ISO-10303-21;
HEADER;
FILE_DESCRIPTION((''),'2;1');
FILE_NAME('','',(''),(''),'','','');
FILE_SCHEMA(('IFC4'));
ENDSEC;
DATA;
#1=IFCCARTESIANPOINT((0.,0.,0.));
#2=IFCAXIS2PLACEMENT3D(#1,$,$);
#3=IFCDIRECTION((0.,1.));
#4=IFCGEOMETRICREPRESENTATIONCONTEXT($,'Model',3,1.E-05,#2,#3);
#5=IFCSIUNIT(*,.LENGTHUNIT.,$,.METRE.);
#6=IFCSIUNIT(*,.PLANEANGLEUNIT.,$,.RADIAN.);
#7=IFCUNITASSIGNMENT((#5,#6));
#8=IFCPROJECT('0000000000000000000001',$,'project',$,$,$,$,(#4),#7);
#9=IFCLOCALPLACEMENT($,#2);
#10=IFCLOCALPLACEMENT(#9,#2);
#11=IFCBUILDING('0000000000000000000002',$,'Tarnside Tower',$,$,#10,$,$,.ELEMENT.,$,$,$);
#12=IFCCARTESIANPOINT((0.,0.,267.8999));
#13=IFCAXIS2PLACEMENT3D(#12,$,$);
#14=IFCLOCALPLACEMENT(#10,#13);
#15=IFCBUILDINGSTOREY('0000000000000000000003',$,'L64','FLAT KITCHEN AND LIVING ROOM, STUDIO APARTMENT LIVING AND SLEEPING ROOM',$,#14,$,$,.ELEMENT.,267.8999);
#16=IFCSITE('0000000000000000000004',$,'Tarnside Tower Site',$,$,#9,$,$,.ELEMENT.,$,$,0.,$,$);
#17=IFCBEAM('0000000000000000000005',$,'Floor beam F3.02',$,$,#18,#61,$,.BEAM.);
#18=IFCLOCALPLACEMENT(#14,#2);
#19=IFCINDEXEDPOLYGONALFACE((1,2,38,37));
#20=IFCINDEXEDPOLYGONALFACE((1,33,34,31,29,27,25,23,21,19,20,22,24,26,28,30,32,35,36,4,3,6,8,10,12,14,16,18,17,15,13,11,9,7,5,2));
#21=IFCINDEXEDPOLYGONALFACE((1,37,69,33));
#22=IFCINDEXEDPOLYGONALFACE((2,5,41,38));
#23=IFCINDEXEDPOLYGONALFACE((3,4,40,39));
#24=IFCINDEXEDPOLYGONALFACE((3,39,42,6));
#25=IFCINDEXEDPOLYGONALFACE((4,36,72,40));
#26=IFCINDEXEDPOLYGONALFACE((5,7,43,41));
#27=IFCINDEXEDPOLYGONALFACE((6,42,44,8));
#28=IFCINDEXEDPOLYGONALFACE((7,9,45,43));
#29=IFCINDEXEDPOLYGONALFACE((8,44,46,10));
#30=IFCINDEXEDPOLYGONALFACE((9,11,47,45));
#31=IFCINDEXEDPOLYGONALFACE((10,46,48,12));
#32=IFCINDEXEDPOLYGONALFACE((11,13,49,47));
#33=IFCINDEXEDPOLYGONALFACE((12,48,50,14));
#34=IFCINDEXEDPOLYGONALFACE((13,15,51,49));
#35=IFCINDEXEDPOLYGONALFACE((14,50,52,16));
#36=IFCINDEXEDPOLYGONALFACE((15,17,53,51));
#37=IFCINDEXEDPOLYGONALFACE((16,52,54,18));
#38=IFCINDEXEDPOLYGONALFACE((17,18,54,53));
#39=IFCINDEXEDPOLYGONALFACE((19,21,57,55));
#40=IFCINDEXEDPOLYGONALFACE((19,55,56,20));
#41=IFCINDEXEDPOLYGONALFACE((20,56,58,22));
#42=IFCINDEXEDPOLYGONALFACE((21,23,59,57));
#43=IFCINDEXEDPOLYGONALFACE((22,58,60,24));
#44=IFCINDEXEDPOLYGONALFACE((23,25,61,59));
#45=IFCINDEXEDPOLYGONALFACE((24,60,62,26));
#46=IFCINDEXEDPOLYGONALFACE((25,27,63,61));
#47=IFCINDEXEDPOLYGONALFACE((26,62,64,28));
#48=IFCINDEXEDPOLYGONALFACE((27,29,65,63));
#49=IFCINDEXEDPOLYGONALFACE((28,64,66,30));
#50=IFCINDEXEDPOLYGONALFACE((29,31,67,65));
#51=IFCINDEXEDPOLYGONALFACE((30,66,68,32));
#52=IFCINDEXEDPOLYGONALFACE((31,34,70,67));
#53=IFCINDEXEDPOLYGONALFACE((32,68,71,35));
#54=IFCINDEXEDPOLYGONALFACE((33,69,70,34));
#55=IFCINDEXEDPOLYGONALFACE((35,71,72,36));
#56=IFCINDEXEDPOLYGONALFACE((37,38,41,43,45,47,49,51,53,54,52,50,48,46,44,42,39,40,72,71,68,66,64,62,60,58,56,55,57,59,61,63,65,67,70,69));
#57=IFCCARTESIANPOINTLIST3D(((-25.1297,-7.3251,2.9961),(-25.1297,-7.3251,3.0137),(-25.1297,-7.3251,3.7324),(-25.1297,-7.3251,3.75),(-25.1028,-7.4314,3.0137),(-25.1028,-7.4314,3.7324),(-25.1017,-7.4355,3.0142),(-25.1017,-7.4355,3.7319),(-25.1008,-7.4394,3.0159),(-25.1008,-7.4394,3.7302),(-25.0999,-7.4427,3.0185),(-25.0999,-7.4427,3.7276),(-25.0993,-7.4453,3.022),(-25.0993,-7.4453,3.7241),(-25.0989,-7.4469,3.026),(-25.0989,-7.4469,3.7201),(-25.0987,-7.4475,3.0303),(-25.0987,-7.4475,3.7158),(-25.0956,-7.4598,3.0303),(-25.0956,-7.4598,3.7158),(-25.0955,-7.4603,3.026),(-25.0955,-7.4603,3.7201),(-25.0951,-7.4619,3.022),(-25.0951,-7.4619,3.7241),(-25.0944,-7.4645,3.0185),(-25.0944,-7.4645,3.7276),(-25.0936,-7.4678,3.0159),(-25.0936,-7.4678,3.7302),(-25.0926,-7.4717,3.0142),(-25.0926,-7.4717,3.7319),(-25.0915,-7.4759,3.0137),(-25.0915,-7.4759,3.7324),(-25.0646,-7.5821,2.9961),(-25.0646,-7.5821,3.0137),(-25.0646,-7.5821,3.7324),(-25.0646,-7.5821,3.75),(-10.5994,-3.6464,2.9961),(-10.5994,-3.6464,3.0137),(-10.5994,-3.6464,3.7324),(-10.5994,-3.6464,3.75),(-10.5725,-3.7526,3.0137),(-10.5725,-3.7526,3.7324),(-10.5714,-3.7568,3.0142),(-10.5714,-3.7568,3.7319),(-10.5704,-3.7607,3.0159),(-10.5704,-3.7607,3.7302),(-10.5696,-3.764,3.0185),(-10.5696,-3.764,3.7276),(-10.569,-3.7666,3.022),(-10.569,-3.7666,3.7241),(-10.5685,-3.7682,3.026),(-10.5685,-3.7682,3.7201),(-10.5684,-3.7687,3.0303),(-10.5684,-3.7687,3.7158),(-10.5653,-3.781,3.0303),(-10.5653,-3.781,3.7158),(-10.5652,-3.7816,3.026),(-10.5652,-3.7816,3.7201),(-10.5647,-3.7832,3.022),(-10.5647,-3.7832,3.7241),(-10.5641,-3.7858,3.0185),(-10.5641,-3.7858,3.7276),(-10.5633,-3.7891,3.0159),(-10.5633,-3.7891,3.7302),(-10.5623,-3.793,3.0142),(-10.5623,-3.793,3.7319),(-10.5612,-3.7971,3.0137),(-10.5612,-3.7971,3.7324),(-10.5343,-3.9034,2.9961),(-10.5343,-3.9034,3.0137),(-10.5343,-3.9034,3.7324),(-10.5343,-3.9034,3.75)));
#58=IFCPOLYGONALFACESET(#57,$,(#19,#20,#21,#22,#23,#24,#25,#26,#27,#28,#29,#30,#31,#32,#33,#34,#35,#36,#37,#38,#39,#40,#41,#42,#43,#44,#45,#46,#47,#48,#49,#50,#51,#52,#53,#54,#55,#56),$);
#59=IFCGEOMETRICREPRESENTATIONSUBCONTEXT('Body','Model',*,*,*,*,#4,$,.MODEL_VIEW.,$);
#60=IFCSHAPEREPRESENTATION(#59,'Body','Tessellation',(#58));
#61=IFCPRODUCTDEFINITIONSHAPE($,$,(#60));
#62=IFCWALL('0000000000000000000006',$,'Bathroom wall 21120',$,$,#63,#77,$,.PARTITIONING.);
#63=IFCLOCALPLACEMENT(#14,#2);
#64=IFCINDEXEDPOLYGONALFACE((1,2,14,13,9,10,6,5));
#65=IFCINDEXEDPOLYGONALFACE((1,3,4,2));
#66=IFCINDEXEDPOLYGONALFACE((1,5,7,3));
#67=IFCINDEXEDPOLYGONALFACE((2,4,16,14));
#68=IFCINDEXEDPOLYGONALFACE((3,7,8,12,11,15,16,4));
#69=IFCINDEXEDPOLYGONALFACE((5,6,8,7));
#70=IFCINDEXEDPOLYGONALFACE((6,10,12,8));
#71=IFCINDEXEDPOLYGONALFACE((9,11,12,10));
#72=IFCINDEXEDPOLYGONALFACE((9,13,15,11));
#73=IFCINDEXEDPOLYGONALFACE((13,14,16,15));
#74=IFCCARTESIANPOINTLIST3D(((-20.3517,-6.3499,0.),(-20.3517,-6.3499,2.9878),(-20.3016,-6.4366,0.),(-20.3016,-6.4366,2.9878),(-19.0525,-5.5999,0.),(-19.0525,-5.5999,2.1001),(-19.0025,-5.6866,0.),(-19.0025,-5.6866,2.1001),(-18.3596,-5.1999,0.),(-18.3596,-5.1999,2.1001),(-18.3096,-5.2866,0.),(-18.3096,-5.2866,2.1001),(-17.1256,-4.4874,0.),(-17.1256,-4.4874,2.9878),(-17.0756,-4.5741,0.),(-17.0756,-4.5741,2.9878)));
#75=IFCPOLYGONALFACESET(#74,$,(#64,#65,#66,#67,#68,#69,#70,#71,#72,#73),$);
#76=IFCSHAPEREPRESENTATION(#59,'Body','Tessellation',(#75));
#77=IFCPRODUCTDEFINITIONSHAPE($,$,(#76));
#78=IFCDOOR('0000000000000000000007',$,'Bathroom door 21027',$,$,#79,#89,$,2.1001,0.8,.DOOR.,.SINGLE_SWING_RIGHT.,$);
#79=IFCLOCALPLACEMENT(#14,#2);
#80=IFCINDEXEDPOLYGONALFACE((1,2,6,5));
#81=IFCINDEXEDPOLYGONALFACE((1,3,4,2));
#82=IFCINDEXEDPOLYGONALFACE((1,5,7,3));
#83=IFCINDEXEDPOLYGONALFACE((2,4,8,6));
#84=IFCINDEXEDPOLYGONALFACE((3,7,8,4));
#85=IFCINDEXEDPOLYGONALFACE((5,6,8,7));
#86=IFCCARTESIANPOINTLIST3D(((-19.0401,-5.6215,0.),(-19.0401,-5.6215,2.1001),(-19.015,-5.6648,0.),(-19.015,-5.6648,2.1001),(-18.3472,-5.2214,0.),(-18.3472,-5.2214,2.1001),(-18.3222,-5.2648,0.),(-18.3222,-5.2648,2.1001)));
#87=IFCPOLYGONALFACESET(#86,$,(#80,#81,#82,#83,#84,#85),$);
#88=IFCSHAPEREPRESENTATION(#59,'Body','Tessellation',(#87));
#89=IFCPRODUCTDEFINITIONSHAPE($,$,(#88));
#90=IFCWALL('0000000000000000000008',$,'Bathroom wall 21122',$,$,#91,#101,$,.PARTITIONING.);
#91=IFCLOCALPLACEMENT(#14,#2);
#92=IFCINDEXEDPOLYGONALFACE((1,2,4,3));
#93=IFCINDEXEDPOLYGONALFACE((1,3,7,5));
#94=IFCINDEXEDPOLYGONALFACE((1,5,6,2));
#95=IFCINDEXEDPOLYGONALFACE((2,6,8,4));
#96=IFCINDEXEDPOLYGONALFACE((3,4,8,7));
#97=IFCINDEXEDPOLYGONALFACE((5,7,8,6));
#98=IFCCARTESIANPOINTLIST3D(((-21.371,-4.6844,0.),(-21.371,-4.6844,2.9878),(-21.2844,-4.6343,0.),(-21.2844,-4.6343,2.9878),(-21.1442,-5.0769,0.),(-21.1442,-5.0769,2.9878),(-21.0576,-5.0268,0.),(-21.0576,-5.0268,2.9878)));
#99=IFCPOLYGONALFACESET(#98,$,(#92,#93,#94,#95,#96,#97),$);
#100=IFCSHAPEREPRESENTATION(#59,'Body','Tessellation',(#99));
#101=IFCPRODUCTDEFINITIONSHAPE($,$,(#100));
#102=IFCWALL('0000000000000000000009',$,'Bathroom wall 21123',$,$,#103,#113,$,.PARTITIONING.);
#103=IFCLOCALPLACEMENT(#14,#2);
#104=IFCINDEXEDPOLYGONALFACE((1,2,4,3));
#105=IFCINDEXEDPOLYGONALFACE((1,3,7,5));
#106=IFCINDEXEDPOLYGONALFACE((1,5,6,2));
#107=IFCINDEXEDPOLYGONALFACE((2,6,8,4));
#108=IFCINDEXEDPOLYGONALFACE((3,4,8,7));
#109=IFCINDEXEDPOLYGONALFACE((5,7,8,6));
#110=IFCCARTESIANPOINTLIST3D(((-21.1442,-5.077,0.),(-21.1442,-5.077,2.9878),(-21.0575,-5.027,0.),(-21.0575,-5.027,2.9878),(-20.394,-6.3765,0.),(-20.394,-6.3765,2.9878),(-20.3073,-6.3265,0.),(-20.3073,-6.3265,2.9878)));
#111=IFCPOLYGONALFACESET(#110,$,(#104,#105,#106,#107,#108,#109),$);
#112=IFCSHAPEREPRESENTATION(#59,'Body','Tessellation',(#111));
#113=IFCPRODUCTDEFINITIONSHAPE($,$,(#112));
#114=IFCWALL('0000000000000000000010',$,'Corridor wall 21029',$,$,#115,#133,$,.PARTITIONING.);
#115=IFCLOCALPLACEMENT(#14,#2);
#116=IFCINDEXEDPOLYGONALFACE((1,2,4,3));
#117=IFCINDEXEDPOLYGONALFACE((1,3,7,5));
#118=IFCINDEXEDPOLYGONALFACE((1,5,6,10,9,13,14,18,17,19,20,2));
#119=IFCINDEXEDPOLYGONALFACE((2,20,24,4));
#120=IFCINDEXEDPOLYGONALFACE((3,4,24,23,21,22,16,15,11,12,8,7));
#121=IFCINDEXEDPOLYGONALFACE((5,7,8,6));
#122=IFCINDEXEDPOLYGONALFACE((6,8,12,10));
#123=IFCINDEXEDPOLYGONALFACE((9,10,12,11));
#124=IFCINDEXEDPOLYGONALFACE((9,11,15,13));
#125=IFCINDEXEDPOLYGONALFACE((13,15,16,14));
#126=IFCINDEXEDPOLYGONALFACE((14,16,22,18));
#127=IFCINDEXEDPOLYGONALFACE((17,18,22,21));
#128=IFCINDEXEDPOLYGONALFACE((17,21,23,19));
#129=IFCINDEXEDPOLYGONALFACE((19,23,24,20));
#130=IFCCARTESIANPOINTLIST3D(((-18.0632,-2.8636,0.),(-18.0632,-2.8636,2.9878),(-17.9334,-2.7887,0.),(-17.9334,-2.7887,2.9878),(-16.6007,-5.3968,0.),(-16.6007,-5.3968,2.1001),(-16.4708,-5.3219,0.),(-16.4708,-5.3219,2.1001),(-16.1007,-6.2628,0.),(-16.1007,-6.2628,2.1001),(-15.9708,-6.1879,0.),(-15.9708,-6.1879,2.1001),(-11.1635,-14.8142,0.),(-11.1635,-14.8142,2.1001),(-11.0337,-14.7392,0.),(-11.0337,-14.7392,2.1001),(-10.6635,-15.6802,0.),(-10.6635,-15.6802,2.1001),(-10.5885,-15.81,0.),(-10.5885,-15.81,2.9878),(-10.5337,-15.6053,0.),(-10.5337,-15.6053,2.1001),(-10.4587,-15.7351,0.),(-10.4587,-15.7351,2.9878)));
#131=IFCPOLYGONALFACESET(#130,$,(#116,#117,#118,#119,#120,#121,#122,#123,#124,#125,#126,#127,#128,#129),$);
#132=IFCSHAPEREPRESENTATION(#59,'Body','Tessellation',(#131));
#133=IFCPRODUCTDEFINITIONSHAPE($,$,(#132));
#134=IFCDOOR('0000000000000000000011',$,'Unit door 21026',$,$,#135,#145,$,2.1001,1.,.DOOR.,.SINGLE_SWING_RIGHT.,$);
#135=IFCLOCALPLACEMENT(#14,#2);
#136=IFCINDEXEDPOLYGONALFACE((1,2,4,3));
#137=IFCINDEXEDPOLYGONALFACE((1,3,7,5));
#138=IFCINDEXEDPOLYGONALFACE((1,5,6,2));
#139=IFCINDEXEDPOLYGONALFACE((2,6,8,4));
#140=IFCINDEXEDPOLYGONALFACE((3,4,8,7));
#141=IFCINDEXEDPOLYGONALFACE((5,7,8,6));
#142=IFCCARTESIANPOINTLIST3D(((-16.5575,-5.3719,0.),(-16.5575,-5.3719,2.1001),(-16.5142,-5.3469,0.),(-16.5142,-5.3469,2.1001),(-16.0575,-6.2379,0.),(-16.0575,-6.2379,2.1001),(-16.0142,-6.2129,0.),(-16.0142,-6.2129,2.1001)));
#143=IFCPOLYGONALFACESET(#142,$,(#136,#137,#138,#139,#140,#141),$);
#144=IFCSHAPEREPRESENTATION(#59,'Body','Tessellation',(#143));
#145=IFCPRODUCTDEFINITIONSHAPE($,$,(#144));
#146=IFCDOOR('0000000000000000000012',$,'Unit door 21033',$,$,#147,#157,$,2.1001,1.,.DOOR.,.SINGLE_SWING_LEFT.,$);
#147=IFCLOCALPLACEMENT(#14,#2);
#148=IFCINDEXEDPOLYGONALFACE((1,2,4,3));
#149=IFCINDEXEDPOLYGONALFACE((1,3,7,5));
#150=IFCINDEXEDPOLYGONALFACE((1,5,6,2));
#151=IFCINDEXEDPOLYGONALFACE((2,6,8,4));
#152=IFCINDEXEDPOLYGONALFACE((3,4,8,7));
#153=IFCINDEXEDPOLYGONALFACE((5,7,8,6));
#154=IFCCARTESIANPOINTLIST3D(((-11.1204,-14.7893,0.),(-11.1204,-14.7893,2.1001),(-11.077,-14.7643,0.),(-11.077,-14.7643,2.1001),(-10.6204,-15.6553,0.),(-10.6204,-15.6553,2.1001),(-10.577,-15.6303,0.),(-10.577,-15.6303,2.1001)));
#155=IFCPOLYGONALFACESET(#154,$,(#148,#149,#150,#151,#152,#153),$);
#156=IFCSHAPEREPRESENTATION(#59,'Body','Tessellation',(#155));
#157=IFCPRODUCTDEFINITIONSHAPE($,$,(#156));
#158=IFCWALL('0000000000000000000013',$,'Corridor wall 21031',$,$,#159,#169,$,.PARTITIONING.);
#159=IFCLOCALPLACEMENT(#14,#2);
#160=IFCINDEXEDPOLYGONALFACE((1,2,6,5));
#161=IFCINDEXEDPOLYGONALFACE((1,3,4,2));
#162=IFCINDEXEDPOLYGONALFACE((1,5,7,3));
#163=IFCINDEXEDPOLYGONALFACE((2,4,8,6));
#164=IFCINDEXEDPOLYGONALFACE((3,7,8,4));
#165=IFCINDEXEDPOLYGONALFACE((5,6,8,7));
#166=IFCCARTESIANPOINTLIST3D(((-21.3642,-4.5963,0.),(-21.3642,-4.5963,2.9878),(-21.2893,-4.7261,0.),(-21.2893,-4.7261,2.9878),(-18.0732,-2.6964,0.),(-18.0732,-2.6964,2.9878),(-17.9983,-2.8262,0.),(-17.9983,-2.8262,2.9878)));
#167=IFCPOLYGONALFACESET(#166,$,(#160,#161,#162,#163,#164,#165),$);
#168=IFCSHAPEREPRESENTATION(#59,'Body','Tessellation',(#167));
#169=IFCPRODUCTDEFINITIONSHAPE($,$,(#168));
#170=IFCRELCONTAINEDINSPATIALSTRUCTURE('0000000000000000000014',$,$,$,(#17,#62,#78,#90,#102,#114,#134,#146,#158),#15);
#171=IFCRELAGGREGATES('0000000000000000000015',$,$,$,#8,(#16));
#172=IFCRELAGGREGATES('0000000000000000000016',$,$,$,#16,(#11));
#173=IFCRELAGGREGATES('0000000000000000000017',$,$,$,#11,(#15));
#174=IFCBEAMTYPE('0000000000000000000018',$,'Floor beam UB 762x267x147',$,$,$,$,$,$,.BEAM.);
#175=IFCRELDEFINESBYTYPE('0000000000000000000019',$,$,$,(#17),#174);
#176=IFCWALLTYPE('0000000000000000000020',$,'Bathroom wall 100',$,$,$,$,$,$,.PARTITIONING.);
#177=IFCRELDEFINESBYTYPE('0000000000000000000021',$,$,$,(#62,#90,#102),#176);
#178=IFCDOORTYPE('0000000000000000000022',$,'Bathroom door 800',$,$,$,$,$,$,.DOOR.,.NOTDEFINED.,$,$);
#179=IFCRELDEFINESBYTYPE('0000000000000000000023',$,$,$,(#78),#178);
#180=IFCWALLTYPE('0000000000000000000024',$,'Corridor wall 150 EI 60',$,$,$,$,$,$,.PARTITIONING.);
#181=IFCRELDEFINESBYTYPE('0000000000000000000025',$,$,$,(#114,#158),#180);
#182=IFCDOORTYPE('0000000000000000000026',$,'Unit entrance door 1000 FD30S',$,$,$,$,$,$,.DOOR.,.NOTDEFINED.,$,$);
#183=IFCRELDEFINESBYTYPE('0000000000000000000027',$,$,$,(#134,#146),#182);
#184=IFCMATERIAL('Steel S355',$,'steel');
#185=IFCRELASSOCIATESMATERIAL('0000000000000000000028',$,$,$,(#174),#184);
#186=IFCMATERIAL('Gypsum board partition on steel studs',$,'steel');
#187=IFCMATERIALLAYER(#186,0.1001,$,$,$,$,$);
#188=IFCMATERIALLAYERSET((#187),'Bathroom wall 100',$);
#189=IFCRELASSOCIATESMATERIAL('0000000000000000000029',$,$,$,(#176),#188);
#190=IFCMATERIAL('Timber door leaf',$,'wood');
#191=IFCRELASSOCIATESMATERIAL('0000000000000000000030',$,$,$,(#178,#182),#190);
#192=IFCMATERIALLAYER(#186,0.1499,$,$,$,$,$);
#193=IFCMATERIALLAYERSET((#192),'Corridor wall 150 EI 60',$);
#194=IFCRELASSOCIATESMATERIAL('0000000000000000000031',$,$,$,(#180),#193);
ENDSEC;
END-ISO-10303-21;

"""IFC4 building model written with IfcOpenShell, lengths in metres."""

from ifc_helpers import new_model, si_unit, direction, frame, frame_2d, origin, origin_2d, place, context, subcontext, project, spatial, rectangle, i_section, extrude, material, layer, layer_set, material_profile, profile_set, type_object, element, fill, save


model = new_model("IFC4")

# Units and contexts
model_context = context("Model", 3, precision=1e-05, world=origin(), true_north=direction((0.0, 1.0)))
body_context = subcontext(model_context, "Body", "Model", "MODEL_VIEW")
ifc_project = project(units=[si_unit("LENGTHUNIT", "METRE"), si_unit("PLANEANGLEUNIT", "RADIAN")], contexts=[model_context])

# Site, building, storey
site_placement = place(None, origin())
site = spatial("IfcSite", under=ifc_project, at=site_placement, Name="Tarnside Tower Site", CompositionType="ELEMENT", RefElevation=0.0)
building_placement = place(site_placement, origin())
building = spatial("IfcBuilding", under=site, at=building_placement, Name="Tarnside Tower", CompositionType="ELEMENT")
storey_placement = place(building_placement, frame((0.0, 0.0, 267.8999)))
storey = spatial("IfcBuildingStorey", under=building, at=storey_placement, Name="L64", Description="FLAT KITCHEN AND LIVING ROOM, STUDIO APARTMENT LIVING AND SLEEPING ROOM", CompositionType="ELEMENT", Elevation=267.8999)

# Beam
ifc_material_1 = material(Name="Steel S355", Category="steel")
ifc_material_profile = material_profile(ifc_material_1, i_section(OverallWidth=0.2651, OverallDepth=0.7539, WebThickness=0.0127, FlangeThickness=0.0176, FilletRadius=0.0166, at=origin_2d()), Name="UB 762x267x147")
ifc_profile_set = profile_set([ifc_material_profile], Name="Steel S355")
beam_type = type_object("IfcBeamType", Name="Floor beam UB 762x267x147", PredefinedType="BEAM", material=ifc_profile_set)
beam_placement = place(storey_placement, frame((-25.0972, -7.4536, 3.373), z_axis=(0.969414, 0.245432, 0.0), x_axis=(-0.245432, 0.969414, 0.0)))
element("IfcBeam", 1, at=beam_placement, inside=storey, type_object=beam_type, Name="Floor beam F3.02", PredefinedType="BEAM", context=body_context, shape_type="SweptSolid", body=[
    extrude(i_section(OverallWidth=0.2651, OverallDepth=0.7539, WebThickness=0.0127, FlangeThickness=0.0176, FilletRadius=0.0166, at=origin_2d()), origin(), (0.0, 0.0, 1.0), 14.9888),
])

# Wall, opening, door
ifc_material_2 = material(Name="Gypsum board partition on steel studs", Category="steel")
ifc_layer_1 = layer(ifc_material_2, 0.1001)
ifc_layer_set_1 = layer_set([ifc_layer_1], Name="Bathroom wall 100")
wall_type_1 = type_object("IfcWallType", Name="Bathroom wall 100", PredefinedType="PARTITIONING", material=ifc_layer_set_1)
wall_1_placement = place(storey_placement, frame((-17.1006, -4.5308, 0.0), z_axis=(0.0, 0.0, 1.0), x_axis=(-0.866028, -0.499995, 0.0)))
wall_1 = element("IfcWall", 2, at=wall_1_placement, inside=storey, type_object=wall_type_1, Name="Bathroom wall 21120", PredefinedType="PARTITIONING", context=body_context, shape_type="SweptSolid", body=[
    extrude(rectangle(XDim=3.7251, YDim=0.1001, at=frame_2d((1.8625, 0.0))), origin(), (0.0, 0.0, 1.0), 2.9878),
])
opening_1_placement = place(wall_1_placement, frame((1.425, 0.0, 0.0)))
opening_1 = element("IfcOpeningElement", 3, at=opening_1_placement, cuts=wall_1, PredefinedType="OPENING", context=body_context, shape_type="SweptSolid", body=[
    extrude(rectangle(XDim=0.8, YDim=2.1001, at=frame_2d((0.3999, 1.05))), frame((0.0, 0.0601, 0.0), z_axis=(0.0, -1.0, 0.0), x_axis=(1.0, 0.0, 0.0)), (0.0, 0.0, 1.0), 0.1201),
])
ifc_material_3 = material(Name="Timber door leaf", Category="wood")
door_type_1 = type_object("IfcDoorType", Name="Bathroom door 800", OperationType="NOTDEFINED", PredefinedType="DOOR", material=ifc_material_3)
door_1_placement = place(opening_1_placement, origin())
door_1 = element("IfcDoor", 4, at=door_1_placement, inside=storey, type_object=door_type_1, Name="Bathroom door 21027", OperationType="SINGLE_SWING_RIGHT", OverallHeight=2.1001, OverallWidth=0.8, PredefinedType="DOOR", context=body_context, shape_type="SweptSolid", body=[
    extrude(rectangle(XDim=0.8, YDim=2.1001, at=frame_2d((0.3999, 1.05))), frame((0.0, 0.0249, 0.0), z_axis=(0.0, -1.0, 0.0), x_axis=(1.0, 0.0, 0.0)), (0.0, 0.0, 1.0), 0.05),
])
fill(opening_1, door_1)

# Walls
wall_2_placement = place(storey_placement, frame((-21.3276, -4.6594, 0.0), z_axis=(0.0, 0.0, 1.0), x_axis=(0.500251, -0.865881, 0.0)))
element("IfcWall", 5, at=wall_2_placement, inside=storey, type_object=wall_type_1, Name="Bathroom wall 21122", PredefinedType="PARTITIONING", context=body_context, shape_type="SweptSolid", body=[
    extrude(rectangle(XDim=0.4534, YDim=0.1001, at=frame_2d((0.2266, 0.0))), origin(), (0.0, 0.0, 1.0), 2.9878),
])
wall_3_placement = place(storey_placement, frame((-21.1008, -5.052, 0.0), z_axis=(0.0, 0.0, 1.0), x_axis=(0.499971, -0.866042, 0.0)))
element("IfcWall", 6, at=wall_3_placement, inside=storey, type_object=wall_type_1, Name="Bathroom wall 21123", PredefinedType="PARTITIONING", context=body_context, shape_type="SweptSolid", body=[
    extrude(rectangle(XDim=1.5005, YDim=0.1001, at=frame_2d((0.7502, 0.0))), origin(), (0.0, 0.0, 1.0), 2.9878),
])

# Wall, openings, doors
ifc_layer_2 = layer(ifc_material_2, 0.1499)
ifc_layer_set_2 = layer_set([ifc_layer_2], Name="Corridor wall 150 EI 60")
wall_type_2 = type_object("IfcWallType", Name="Corridor wall 150 EI 60", PredefinedType="PARTITIONING", material=ifc_layer_set_2)
wall_4_placement = place(storey_placement, frame((-17.9983, -2.8262, 0.0), z_axis=(0.0, 0.0, 1.0), x_axis=(0.500003, -0.866023, 0.0)))
wall_4 = element("IfcWall", 7, at=wall_4_placement, inside=storey, type_object=wall_type_2, Name="Corridor wall 21029", PredefinedType="PARTITIONING", context=body_context, shape_type="SweptSolid", body=[
    extrude(rectangle(XDim=14.9492, YDim=0.1499, at=frame_2d((7.4746, 0.0))), origin(), (0.0, 0.0, 1.0), 2.9878),
])
opening_2_placement = place(wall_4_placement, frame((2.925, 0.0, 0.0)))
opening_2 = element("IfcOpeningElement", 8, at=opening_2_placement, cuts=wall_4, PredefinedType="OPENING", context=body_context, shape_type="SweptSolid", body=[
    extrude(rectangle(XDim=1.0, YDim=2.1001, at=frame_2d((0.5, 1.05))), frame((0.0, 0.085, 0.0), z_axis=(0.0, -1.0, 0.0), x_axis=(1.0, 0.0, 0.0)), (0.0, 0.0, 1.0), 0.1699),
])
opening_3_placement = place(wall_4_placement, frame((13.7993, 0.0, 0.0)))
opening_3 = element("IfcOpeningElement", 9, at=opening_3_placement, cuts=wall_4, PredefinedType="OPENING", context=body_context, shape_type="SweptSolid", body=[
    extrude(rectangle(XDim=1.0, YDim=2.1001, at=frame_2d((0.5, 1.05))), frame((0.0, 0.085, 0.0), z_axis=(0.0, -1.0, 0.0), x_axis=(1.0, 0.0, 0.0)), (0.0, 0.0, 1.0), 0.1699),
])
door_type_2 = type_object("IfcDoorType", Name="Unit entrance door 1000 FD30S", OperationType="NOTDEFINED", PredefinedType="DOOR", material=ifc_material_3)
door_2_placement = place(opening_2_placement, origin())
door_2 = element("IfcDoor", 10, at=door_2_placement, inside=storey, type_object=door_type_2, Name="Unit door 21026", OperationType="SINGLE_SWING_RIGHT", OverallHeight=2.1001, OverallWidth=1.0, PredefinedType="DOOR", context=body_context, shape_type="SweptSolid", body=[
    extrude(rectangle(XDim=1.0, YDim=2.1001, at=frame_2d((0.5, 1.05))), frame((0.0, 0.0249, 0.0), z_axis=(0.0, -1.0, 0.0), x_axis=(1.0, 0.0, 0.0)), (0.0, 0.0, 1.0), 0.05),
])
fill(opening_2, door_2)
door_3_placement = place(opening_3_placement, origin())
door_3 = element("IfcDoor", 11, at=door_3_placement, inside=storey, type_object=door_type_2, Name="Unit door 21033", OperationType="SINGLE_SWING_LEFT", OverallHeight=2.1001, OverallWidth=1.0, PredefinedType="DOOR", context=body_context, shape_type="SweptSolid", body=[
    extrude(rectangle(XDim=1.0, YDim=2.1001, at=frame_2d((0.5, 1.05))), frame((0.0, 0.0249, 0.0), z_axis=(0.0, -1.0, 0.0), x_axis=(1.0, 0.0, 0.0)), (0.0, 0.0, 1.0), 0.05),
])
fill(opening_3, door_3)

# Wall
wall_5_placement = place(storey_placement, frame((-21.3267, -4.6611, 0.0), z_axis=(0.0, 0.0, 1.0), x_axis=(0.866044, 0.499967, 0.0)))
element("IfcWall", 12, at=wall_5_placement, inside=storey, type_object=wall_type_2, Name="Corridor wall 21031", PredefinedType="PARTITIONING", context=body_context, shape_type="SweptSolid", body=[
    extrude(rectangle(XDim=3.8, YDim=0.1499, at=frame_2d((1.8999, 0.0))), origin(), (0.0, 0.0, 1.0), 2.9878),
])

save(model, "model.ifc")
